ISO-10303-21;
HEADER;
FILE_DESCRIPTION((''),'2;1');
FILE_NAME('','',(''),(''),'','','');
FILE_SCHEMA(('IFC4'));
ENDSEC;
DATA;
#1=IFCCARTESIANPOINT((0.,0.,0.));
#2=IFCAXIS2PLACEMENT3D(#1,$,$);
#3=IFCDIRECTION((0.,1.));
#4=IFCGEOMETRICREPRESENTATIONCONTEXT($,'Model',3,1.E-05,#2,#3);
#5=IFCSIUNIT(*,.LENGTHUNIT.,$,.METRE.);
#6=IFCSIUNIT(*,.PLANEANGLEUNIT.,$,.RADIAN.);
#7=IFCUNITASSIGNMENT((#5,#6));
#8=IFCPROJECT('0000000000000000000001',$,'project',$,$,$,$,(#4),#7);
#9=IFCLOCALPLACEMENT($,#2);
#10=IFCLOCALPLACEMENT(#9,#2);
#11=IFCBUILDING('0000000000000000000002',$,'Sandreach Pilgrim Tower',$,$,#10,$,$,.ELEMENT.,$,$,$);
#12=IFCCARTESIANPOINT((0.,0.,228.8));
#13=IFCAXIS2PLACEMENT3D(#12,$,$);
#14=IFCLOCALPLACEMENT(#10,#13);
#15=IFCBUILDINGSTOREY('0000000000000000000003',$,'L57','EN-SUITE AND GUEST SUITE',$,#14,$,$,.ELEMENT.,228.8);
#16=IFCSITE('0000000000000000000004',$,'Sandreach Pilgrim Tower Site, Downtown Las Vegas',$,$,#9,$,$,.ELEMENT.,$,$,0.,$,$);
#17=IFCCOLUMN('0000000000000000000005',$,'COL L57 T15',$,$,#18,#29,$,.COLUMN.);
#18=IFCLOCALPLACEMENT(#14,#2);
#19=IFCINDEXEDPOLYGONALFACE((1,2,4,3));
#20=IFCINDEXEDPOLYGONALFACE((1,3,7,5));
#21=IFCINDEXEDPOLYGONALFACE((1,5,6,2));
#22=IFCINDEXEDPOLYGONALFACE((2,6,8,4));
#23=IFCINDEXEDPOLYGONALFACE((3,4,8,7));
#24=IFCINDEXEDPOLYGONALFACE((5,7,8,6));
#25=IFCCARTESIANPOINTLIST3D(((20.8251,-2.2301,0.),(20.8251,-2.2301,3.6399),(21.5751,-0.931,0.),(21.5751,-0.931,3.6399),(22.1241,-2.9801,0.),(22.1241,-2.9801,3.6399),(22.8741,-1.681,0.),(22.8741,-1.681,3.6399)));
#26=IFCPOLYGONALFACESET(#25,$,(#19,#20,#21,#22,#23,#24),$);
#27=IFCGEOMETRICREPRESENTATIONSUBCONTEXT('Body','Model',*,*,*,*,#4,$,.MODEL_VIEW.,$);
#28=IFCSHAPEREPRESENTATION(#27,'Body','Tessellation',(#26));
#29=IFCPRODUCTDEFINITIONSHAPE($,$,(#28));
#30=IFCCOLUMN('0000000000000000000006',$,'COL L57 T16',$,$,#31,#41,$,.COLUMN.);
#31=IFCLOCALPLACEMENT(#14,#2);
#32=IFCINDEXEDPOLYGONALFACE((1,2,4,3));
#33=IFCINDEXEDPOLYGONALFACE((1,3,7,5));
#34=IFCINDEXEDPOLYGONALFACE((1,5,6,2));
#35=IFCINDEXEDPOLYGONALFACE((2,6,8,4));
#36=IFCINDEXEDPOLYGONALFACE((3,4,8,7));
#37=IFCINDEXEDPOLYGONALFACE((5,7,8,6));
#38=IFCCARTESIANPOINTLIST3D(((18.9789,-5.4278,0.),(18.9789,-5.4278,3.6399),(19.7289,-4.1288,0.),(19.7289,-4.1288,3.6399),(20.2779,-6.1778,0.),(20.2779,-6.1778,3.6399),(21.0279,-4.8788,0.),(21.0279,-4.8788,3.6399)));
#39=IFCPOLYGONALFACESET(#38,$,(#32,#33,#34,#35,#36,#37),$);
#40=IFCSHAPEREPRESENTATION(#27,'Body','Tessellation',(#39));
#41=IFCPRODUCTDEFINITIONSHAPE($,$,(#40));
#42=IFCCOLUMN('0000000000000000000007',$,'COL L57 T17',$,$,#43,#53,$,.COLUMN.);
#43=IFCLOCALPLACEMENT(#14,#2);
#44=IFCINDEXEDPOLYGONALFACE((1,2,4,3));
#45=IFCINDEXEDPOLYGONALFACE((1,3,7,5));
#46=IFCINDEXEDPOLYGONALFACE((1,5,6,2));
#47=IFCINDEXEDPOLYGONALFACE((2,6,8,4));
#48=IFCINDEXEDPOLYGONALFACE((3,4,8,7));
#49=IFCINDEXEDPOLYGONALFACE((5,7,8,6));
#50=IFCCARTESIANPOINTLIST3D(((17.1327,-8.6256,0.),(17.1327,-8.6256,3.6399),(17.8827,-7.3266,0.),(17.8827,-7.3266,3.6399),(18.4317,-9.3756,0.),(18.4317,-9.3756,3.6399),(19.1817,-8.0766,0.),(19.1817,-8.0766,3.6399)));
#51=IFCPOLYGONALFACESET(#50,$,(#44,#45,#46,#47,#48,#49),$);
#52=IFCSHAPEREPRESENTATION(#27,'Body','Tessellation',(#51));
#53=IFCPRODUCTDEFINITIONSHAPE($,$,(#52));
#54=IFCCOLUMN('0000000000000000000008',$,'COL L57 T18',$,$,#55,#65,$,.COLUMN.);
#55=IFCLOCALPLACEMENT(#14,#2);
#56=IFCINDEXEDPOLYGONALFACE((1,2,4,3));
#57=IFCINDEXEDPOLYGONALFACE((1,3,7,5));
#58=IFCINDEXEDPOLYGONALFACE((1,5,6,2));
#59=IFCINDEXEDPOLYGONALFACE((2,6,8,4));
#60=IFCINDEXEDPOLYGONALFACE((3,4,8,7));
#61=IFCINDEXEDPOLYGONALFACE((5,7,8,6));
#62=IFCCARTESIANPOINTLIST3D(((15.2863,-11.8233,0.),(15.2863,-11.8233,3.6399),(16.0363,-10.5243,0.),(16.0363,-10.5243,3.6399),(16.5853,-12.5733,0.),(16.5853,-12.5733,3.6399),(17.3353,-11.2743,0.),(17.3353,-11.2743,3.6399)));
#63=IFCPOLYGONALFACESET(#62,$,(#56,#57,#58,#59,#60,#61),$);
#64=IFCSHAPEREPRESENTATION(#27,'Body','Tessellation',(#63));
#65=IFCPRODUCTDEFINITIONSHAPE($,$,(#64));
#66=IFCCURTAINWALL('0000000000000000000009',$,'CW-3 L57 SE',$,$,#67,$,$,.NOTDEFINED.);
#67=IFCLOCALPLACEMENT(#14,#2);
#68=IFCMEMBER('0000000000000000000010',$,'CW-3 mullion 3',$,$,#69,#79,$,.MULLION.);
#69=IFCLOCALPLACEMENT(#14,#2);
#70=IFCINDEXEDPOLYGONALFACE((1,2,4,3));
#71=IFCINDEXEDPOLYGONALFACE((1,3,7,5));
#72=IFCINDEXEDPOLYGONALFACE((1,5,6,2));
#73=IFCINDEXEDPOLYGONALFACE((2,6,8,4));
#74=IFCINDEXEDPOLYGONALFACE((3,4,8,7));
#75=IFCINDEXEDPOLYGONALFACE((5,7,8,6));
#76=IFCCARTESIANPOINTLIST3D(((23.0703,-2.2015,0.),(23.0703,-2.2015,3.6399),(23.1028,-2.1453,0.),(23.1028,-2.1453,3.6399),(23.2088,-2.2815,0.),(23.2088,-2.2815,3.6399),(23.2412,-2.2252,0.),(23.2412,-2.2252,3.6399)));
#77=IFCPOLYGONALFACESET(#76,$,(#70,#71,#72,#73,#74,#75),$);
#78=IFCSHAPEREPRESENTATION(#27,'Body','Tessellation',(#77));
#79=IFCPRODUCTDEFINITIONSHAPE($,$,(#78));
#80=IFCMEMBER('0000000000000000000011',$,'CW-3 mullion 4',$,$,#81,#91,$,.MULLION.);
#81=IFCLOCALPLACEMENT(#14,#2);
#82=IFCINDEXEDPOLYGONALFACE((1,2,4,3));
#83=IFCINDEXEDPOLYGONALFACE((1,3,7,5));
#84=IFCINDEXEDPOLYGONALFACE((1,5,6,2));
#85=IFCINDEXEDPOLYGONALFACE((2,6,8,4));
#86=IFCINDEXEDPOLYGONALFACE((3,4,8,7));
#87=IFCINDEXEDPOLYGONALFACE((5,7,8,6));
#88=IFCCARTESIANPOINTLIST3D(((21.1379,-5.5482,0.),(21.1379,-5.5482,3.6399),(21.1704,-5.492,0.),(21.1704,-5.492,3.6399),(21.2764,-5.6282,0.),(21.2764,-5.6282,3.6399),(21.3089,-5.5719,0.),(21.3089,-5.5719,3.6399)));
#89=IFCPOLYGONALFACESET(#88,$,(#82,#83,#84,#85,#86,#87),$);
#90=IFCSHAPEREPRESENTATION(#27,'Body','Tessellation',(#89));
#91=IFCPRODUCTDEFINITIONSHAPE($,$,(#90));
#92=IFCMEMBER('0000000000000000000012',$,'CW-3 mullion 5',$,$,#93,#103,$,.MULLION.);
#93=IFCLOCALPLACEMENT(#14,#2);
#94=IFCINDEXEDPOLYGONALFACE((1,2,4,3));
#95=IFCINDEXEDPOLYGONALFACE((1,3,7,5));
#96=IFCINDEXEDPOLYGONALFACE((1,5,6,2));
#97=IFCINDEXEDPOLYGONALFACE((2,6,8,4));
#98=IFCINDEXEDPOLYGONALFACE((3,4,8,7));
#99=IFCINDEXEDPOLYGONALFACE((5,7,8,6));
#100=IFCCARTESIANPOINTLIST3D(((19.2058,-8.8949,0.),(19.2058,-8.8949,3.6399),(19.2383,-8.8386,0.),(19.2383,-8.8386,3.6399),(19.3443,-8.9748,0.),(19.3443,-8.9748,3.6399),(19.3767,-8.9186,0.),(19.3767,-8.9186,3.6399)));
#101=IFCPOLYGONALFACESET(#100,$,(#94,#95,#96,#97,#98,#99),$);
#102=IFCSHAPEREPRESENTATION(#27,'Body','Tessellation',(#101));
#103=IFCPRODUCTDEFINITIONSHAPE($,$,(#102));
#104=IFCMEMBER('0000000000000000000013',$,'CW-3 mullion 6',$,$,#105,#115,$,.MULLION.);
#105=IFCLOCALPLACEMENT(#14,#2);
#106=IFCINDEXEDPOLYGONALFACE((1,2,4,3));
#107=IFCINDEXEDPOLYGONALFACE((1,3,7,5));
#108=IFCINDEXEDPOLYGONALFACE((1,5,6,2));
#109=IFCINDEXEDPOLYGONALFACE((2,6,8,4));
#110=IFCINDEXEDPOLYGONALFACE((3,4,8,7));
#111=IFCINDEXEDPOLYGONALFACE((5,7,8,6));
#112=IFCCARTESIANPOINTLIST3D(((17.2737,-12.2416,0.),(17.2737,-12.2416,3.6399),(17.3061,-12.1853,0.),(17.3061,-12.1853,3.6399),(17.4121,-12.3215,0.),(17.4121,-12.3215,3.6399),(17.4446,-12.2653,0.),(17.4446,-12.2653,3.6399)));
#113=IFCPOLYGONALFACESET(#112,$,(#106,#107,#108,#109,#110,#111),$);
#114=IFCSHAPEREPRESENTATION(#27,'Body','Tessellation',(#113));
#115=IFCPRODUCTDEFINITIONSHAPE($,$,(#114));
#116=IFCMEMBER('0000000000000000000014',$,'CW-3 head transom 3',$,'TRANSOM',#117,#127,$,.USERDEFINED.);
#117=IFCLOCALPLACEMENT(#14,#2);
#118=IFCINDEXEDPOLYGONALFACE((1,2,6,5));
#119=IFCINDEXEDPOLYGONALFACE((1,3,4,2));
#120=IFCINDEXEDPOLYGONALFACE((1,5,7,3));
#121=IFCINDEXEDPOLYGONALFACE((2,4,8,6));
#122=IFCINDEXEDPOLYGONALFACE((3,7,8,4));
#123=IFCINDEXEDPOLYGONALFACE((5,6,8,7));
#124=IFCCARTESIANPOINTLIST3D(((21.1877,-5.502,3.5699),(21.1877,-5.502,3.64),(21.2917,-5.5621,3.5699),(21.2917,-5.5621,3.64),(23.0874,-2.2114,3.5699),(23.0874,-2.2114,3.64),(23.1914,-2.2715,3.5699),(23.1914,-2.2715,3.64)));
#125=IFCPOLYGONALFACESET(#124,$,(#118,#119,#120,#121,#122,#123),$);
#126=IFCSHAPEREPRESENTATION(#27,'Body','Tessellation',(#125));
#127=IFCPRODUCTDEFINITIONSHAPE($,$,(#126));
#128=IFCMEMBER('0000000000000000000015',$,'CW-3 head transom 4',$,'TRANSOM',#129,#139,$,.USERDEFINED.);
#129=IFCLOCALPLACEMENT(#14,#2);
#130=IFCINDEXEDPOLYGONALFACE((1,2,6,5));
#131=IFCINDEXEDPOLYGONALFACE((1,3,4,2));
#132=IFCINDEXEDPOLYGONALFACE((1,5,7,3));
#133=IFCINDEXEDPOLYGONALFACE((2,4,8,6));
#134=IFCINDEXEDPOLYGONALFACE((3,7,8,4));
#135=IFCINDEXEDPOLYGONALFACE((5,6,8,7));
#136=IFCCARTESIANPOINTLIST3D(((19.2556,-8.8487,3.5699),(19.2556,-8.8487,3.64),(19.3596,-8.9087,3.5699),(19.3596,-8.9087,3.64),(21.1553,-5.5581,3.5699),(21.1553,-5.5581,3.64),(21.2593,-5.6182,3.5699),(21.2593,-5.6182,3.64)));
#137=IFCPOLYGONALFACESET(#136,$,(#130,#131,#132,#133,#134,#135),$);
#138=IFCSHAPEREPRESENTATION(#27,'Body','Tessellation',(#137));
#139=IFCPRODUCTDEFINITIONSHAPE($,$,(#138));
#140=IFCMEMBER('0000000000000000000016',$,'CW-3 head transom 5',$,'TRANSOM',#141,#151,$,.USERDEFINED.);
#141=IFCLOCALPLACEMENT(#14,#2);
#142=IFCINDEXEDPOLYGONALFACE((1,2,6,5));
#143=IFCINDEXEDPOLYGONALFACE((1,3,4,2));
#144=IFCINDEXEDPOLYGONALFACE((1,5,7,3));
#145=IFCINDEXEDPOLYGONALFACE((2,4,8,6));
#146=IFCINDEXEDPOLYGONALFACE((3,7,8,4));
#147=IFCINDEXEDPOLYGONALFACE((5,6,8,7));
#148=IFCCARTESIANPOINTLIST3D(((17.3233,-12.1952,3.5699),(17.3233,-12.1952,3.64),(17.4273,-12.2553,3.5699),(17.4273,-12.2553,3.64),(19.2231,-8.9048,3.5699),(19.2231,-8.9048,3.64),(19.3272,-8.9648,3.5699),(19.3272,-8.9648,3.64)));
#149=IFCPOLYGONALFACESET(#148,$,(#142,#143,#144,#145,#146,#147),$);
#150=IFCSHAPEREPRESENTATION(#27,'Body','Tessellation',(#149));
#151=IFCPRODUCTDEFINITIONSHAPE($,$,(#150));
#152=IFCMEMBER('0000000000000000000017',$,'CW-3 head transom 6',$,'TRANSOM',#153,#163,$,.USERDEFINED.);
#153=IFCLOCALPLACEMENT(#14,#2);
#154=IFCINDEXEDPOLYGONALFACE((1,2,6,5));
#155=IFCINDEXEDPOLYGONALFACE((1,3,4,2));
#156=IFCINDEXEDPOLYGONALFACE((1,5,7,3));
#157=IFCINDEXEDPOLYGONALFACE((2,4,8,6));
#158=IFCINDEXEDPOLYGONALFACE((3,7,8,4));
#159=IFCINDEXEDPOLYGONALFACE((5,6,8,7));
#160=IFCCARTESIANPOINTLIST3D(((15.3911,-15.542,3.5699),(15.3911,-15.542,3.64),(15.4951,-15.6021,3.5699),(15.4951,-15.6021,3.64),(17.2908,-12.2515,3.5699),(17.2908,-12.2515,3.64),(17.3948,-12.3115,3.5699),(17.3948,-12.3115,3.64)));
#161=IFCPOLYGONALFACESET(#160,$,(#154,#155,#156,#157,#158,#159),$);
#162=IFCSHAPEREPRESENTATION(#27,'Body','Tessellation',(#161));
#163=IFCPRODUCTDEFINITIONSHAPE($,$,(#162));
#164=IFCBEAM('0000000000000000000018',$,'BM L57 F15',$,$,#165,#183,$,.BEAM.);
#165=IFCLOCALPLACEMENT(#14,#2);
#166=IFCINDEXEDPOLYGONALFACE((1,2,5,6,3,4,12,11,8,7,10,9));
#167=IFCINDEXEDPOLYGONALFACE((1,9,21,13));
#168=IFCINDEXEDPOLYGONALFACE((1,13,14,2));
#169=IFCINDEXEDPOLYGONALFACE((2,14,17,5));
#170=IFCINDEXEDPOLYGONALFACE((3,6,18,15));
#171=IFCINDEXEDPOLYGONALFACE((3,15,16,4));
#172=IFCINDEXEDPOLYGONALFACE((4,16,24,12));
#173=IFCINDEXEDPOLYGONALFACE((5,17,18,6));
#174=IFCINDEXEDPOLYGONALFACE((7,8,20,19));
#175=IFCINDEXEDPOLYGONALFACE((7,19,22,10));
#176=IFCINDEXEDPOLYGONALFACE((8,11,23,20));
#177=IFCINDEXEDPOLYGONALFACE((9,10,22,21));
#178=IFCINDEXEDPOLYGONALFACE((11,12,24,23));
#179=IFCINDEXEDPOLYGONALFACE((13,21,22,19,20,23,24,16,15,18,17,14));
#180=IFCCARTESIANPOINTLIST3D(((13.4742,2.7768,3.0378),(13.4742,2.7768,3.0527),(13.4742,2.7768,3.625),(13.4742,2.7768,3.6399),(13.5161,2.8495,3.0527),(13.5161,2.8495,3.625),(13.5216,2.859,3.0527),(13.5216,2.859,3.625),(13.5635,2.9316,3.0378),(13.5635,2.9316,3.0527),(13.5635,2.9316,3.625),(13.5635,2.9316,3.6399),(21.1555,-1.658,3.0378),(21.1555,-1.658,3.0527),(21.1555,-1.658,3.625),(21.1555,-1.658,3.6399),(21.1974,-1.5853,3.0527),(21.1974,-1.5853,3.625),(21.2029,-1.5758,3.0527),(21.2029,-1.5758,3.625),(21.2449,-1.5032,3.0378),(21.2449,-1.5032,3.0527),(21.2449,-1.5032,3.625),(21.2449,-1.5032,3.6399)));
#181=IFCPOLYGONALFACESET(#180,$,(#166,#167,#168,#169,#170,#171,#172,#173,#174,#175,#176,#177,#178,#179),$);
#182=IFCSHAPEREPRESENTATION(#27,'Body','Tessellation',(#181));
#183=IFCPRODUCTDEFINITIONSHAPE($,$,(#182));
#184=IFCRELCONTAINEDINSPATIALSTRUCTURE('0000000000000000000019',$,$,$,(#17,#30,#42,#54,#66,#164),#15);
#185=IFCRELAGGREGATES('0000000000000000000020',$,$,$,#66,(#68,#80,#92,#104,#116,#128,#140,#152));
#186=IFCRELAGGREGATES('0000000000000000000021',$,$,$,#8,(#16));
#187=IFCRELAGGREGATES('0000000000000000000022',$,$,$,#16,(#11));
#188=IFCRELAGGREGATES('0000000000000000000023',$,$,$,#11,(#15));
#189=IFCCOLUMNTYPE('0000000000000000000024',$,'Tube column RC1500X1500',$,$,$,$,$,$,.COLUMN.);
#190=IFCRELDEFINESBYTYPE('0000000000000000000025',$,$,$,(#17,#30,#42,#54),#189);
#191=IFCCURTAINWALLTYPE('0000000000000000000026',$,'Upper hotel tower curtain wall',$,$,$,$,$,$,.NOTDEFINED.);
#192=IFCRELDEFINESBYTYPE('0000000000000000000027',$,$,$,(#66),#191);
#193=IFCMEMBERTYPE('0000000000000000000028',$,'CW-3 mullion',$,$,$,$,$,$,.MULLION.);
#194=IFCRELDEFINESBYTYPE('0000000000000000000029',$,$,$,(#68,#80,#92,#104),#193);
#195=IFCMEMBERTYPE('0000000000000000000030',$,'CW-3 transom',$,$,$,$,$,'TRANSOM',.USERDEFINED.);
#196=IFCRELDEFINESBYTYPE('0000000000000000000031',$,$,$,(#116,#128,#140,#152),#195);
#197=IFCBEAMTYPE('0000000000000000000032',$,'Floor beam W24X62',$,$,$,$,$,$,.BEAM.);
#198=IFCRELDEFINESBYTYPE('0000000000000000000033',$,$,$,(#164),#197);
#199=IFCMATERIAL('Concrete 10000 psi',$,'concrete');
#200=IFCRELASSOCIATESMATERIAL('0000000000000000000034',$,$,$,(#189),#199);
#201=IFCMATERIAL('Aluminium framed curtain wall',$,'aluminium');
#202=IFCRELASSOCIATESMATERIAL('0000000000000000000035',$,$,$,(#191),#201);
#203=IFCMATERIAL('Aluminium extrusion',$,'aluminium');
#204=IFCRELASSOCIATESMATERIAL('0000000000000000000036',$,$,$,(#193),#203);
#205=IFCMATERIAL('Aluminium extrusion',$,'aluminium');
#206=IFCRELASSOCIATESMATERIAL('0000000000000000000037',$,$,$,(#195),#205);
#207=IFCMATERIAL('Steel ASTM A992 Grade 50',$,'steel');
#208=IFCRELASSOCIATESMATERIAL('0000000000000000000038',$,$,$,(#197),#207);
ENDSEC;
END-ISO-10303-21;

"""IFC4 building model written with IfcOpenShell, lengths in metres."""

from ifc_helpers import new_model, si_unit, direction, frame, origin, origin_2d, place, context, subcontext, project, spatial, rectangle, i_section, extrude, clip, halfspace, material, material_profile, profile_set, type_object, element, aggregate, save


model = new_model("IFC4")

# Units and contexts
model_context = context("Model", 3, precision=1e-05, world=origin(), true_north=direction((0.0, 1.0)))
body_context = subcontext(model_context, "Body", "Model", "MODEL_VIEW")
ifc_project = project(units=[si_unit("LENGTHUNIT", "METRE"), si_unit("PLANEANGLEUNIT", "RADIAN")], contexts=[model_context])

# Site, building, storey
site_placement = place(None, origin())
site = spatial("IfcSite", under=ifc_project, at=site_placement, Name="Sandreach Pilgrim Tower Site, Downtown Las Vegas", CompositionType="ELEMENT", RefElevation=0.0)
building_placement = place(site_placement, origin())
building = spatial("IfcBuilding", under=site, at=building_placement, Name="Sandreach Pilgrim Tower", CompositionType="ELEMENT")
storey_placement = place(building_placement, frame((0.0, 0.0, 228.8)))
storey = spatial("IfcBuildingStorey", under=building, at=storey_placement, Name="L57", Description="EN-SUITE AND GUEST SUITE", CompositionType="ELEMENT", Elevation=228.8)

# Columns
ifc_material_1 = material(Name="Concrete 10000 psi", Category="concrete")
ifc_material_profile_1 = material_profile(ifc_material_1, rectangle(XDim=1.5, YDim=1.5, at=origin_2d()), Name="RC1500X1500")
ifc_profile_set_1 = profile_set([ifc_material_profile_1], Name="Concrete 10000 psi")
column_type = type_object("IfcColumnType", Name="Tube column RC1500X1500", PredefinedType="COLUMN", material=ifc_profile_set_1)
column_1_placement = place(storey_placement, frame((21.8496, -1.9556, 0.0), z_axis=(0.0, 0.0, 1.0), x_axis=(0.866025, -0.5, 0.0)))
element("IfcColumn", 1, at=column_1_placement, inside=storey, type_object=column_type, Name="COL L57 T15", PredefinedType="COLUMN", context=body_context, shape_type="SweptSolid", body=[
    clip(extrude(rectangle(XDim=1.5, YDim=1.5, at=origin_2d()), origin(), (0.0, 0.0, 1.0), 3.74), halfspace(frame((0.0, 0.0, 3.6399)), False)),
])
column_2_placement = place(storey_placement, frame((20.0034, -5.1533, 0.0), z_axis=(0.0, 0.0, 1.0), x_axis=(0.866025, -0.5, 0.0)))
element("IfcColumn", 2, at=column_2_placement, inside=storey, type_object=column_type, Name="COL L57 T16", PredefinedType="COLUMN", context=body_context, shape_type="SweptSolid", body=[
    clip(extrude(rectangle(XDim=1.5, YDim=1.5, at=origin_2d()), origin(), (0.0, 0.0, 1.0), 3.7476), halfspace(frame((0.0, 0.0, 3.6399)), False)),
])
for number, where, z_axis, x_axis, name in (
    (3, (18.1572, -8.3511, 0.0), (0.0, 0.0, 1.0), (0.866025, -0.5, 0.0), "COL L57 T17"),
    (4, (16.3108, -11.5488, 0.0), (0.0, 0.0, 1.0), (0.866025, -0.5, 0.0), "COL L57 T18"),
):
    element("IfcColumn", number, at=place(storey_placement, frame(where, z_axis=z_axis, x_axis=x_axis)), inside=storey, type_object=column_type, Name=name, PredefinedType="COLUMN", context=body_context, shape_type="SweptSolid", body=[
        clip(extrude(rectangle(XDim=1.5, YDim=1.5, at=origin_2d()), origin(), (0.0, 0.0, 1.0), 3.7551), halfspace(frame((0.0, 0.0, 3.6399)), False)),
    ])

# Curtain wall, members
ifc_material_2 = material(Name="Aluminium framed curtain wall", Category="aluminium")
curtain_wall_type = type_object("IfcCurtainWallType", Name="Upper hotel tower curtain wall", PredefinedType="NOTDEFINED", material=ifc_material_2)
curtain_wall_placement = place(storey_placement, origin())
curtain_wall = element("IfcCurtainWall", 5, at=curtain_wall_placement, inside=storey, type_object=curtain_wall_type, Name="CW-3 L57 SE", PredefinedType="NOTDEFINED")
ifc_material_3 = material(Name="Aluminium extrusion", Category="aluminium")
ifc_material_profile_2 = material_profile(ifc_material_3, rectangle(XDim=0.0649, YDim=0.1599, at=origin_2d()), Name="CW-3M 65X160")
ifc_profile_set_2 = profile_set([ifc_material_profile_2], Name="Aluminium extrusion")
member_type_1 = type_object("IfcMemberType", Name="CW-3 mullion", PredefinedType="MULLION", material=ifc_profile_set_2)
member_1_placement = place(storey_placement, frame((23.1558, -2.2134, 0.0), z_axis=(0.0, 0.0, 1.0), x_axis=(-0.5, -0.866025, 0.0)))
member_1 = element("IfcMember", 6, at=member_1_placement, type_object=member_type_1, Name="CW-3 mullion 3", PredefinedType="MULLION", context=body_context, shape_type="SweptSolid", body=[
    extrude(rectangle(XDim=0.0649, YDim=0.1599, at=origin_2d()), origin(), (0.0, 0.0, 1.0), 3.6399),
])
member_2_placement = place(storey_placement, frame((21.2234, -5.5601, 0.0), z_axis=(0.0, 0.0, 1.0), x_axis=(-0.5, -0.866025, 0.0)))
member_2 = element("IfcMember", 7, at=member_2_placement, type_object=member_type_1, Name="CW-3 mullion 4", PredefinedType="MULLION", context=body_context, shape_type="SweptSolid", body=[
    extrude(rectangle(XDim=0.0649, YDim=0.1599, at=origin_2d()), origin(), (0.0, 0.0, 1.0), 3.6399),
])
member_3_placement = place(storey_placement, frame((19.2913, -8.9067, 0.0), z_axis=(0.0, 0.0, 1.0), x_axis=(-0.5, -0.866025, 0.0)))
member_3 = element("IfcMember", 8, at=member_3_placement, type_object=member_type_1, Name="CW-3 mullion 5", PredefinedType="MULLION", context=body_context, shape_type="SweptSolid", body=[
    extrude(rectangle(XDim=0.0649, YDim=0.1599, at=origin_2d()), origin(), (0.0, 0.0, 1.0), 3.6399),
])
member_4_placement = place(storey_placement, frame((17.3591, -12.2534, 0.0), z_axis=(0.0, 0.0, 1.0), x_axis=(-0.5, -0.866025, 0.0)))
member_4 = element("IfcMember", 9, at=member_4_placement, type_object=member_type_1, Name="CW-3 mullion 6", PredefinedType="MULLION", context=body_context, shape_type="SweptSolid", body=[
    extrude(rectangle(XDim=0.0649, YDim=0.1599, at=origin_2d()), origin(), (0.0, 0.0, 1.0), 3.6399),
])
ifc_material_4 = material(Name="Aluminium extrusion", Category="aluminium")
ifc_material_profile_3 = material_profile(ifc_material_4, rectangle(XDim=0.1201, YDim=0.0701, at=origin_2d()), Name="CW-3T 120X70")
ifc_profile_set_3 = profile_set([ifc_material_profile_3], Name="Aluminium extrusion")
member_type_2 = type_object("IfcMemberType", Name="CW-3 transom", ElementType="TRANSOM", PredefinedType="USERDEFINED", material=ifc_profile_set_3)
member_5_placement = place(storey_placement, frame((23.1394, -2.2415, 3.605), z_axis=(-0.499975, -0.86604, 0.0), x_axis=(0.86604, -0.499975, 0.0)))
member_5 = element("IfcMember", 10, at=member_5_placement, type_object=member_type_2, Name="CW-3 head transom 3", ObjectType="TRANSOM", PredefinedType="USERDEFINED", context=body_context, shape_type="SweptSolid", body=[
    extrude(rectangle(XDim=0.1201, YDim=0.0701, at=origin_2d()), origin(), (0.0, 0.0, 1.0), 3.7996),
])
member_6_placement = place(storey_placement, frame((21.2073, -5.5881, 3.605), z_axis=(-0.499975, -0.86604, 0.0), x_axis=(0.86604, -0.499975, 0.0)))
member_6 = element("IfcMember", 11, at=member_6_placement, type_object=member_type_2, Name="CW-3 head transom 4", ObjectType="TRANSOM", PredefinedType="USERDEFINED", context=body_context, shape_type="SweptSolid", body=[
    extrude(rectangle(XDim=0.1201, YDim=0.0701, at=origin_2d()), origin(), (0.0, 0.0, 1.0), 3.7996),
])
member_7_placement = place(storey_placement, frame((19.2751, -8.9348, 3.605), z_axis=(-0.500023, -0.866012, 0.0), x_axis=(0.866012, -0.500023, 0.0)))
member_7 = element("IfcMember", 12, at=member_7_placement, type_object=member_type_2, Name="CW-3 head transom 5", ObjectType="TRANSOM", PredefinedType="USERDEFINED", context=body_context, shape_type="SweptSolid", body=[
    extrude(rectangle(XDim=0.1201, YDim=0.0701, at=origin_2d()), origin(), (0.0, 0.0, 1.0), 3.7996),
])
member_8_placement = place(storey_placement, frame((17.3428, -12.2815, 3.605), z_axis=(-0.499975, -0.86604, 0.0), x_axis=(0.86604, -0.499975, 0.0)))
member_8 = element("IfcMember", 13, at=member_8_placement, type_object=member_type_2, Name="CW-3 head transom 6", ObjectType="TRANSOM", PredefinedType="USERDEFINED", context=body_context, shape_type="SweptSolid", body=[
    extrude(rectangle(XDim=0.1201, YDim=0.0701, at=origin_2d()), origin(), (0.0, 0.0, 1.0), 3.7996),
])

# Beam
ifc_material_5 = material(Name="Steel ASTM A992 Grade 50", Category="steel")
ifc_material_profile_4 = material_profile(ifc_material_5, i_section(OverallWidth=0.1787, OverallDepth=0.6021, WebThickness=0.011, FlangeThickness=0.0149, at=origin_2d()), Name="W24X62")
ifc_profile_set_4 = profile_set([ifc_material_profile_4], Name="Steel ASTM A992 Grade 50")
beam_type_1 = type_object("IfcBeamType", Name="Floor beam W24X62", PredefinedType="BEAM", material=ifc_profile_set_4)
beam_1_placement = place(storey_placement, frame((21.2002, -1.5806, 3.3389), z_axis=(-0.866027, 0.499996, 0.0), x_axis=(-0.499996, -0.866027, 0.0)))
element("IfcBeam", 14, at=beam_1_placement, inside=storey, type_object=beam_type_1, Name="BM L57 F15", PredefinedType="BEAM", context=body_context, shape_type="SweptSolid", body=[
    extrude(i_section(OverallWidth=0.1787, OverallDepth=0.6021, WebThickness=0.011, FlangeThickness=0.0149, at=origin_2d()), origin(), (0.0, 0.0, 1.0), 8.8696),
])

aggregate(curtain_wall, [member_1, member_2, member_3, member_4, member_5, member_6, member_7, member_8])

save(model, "model.ifc")
